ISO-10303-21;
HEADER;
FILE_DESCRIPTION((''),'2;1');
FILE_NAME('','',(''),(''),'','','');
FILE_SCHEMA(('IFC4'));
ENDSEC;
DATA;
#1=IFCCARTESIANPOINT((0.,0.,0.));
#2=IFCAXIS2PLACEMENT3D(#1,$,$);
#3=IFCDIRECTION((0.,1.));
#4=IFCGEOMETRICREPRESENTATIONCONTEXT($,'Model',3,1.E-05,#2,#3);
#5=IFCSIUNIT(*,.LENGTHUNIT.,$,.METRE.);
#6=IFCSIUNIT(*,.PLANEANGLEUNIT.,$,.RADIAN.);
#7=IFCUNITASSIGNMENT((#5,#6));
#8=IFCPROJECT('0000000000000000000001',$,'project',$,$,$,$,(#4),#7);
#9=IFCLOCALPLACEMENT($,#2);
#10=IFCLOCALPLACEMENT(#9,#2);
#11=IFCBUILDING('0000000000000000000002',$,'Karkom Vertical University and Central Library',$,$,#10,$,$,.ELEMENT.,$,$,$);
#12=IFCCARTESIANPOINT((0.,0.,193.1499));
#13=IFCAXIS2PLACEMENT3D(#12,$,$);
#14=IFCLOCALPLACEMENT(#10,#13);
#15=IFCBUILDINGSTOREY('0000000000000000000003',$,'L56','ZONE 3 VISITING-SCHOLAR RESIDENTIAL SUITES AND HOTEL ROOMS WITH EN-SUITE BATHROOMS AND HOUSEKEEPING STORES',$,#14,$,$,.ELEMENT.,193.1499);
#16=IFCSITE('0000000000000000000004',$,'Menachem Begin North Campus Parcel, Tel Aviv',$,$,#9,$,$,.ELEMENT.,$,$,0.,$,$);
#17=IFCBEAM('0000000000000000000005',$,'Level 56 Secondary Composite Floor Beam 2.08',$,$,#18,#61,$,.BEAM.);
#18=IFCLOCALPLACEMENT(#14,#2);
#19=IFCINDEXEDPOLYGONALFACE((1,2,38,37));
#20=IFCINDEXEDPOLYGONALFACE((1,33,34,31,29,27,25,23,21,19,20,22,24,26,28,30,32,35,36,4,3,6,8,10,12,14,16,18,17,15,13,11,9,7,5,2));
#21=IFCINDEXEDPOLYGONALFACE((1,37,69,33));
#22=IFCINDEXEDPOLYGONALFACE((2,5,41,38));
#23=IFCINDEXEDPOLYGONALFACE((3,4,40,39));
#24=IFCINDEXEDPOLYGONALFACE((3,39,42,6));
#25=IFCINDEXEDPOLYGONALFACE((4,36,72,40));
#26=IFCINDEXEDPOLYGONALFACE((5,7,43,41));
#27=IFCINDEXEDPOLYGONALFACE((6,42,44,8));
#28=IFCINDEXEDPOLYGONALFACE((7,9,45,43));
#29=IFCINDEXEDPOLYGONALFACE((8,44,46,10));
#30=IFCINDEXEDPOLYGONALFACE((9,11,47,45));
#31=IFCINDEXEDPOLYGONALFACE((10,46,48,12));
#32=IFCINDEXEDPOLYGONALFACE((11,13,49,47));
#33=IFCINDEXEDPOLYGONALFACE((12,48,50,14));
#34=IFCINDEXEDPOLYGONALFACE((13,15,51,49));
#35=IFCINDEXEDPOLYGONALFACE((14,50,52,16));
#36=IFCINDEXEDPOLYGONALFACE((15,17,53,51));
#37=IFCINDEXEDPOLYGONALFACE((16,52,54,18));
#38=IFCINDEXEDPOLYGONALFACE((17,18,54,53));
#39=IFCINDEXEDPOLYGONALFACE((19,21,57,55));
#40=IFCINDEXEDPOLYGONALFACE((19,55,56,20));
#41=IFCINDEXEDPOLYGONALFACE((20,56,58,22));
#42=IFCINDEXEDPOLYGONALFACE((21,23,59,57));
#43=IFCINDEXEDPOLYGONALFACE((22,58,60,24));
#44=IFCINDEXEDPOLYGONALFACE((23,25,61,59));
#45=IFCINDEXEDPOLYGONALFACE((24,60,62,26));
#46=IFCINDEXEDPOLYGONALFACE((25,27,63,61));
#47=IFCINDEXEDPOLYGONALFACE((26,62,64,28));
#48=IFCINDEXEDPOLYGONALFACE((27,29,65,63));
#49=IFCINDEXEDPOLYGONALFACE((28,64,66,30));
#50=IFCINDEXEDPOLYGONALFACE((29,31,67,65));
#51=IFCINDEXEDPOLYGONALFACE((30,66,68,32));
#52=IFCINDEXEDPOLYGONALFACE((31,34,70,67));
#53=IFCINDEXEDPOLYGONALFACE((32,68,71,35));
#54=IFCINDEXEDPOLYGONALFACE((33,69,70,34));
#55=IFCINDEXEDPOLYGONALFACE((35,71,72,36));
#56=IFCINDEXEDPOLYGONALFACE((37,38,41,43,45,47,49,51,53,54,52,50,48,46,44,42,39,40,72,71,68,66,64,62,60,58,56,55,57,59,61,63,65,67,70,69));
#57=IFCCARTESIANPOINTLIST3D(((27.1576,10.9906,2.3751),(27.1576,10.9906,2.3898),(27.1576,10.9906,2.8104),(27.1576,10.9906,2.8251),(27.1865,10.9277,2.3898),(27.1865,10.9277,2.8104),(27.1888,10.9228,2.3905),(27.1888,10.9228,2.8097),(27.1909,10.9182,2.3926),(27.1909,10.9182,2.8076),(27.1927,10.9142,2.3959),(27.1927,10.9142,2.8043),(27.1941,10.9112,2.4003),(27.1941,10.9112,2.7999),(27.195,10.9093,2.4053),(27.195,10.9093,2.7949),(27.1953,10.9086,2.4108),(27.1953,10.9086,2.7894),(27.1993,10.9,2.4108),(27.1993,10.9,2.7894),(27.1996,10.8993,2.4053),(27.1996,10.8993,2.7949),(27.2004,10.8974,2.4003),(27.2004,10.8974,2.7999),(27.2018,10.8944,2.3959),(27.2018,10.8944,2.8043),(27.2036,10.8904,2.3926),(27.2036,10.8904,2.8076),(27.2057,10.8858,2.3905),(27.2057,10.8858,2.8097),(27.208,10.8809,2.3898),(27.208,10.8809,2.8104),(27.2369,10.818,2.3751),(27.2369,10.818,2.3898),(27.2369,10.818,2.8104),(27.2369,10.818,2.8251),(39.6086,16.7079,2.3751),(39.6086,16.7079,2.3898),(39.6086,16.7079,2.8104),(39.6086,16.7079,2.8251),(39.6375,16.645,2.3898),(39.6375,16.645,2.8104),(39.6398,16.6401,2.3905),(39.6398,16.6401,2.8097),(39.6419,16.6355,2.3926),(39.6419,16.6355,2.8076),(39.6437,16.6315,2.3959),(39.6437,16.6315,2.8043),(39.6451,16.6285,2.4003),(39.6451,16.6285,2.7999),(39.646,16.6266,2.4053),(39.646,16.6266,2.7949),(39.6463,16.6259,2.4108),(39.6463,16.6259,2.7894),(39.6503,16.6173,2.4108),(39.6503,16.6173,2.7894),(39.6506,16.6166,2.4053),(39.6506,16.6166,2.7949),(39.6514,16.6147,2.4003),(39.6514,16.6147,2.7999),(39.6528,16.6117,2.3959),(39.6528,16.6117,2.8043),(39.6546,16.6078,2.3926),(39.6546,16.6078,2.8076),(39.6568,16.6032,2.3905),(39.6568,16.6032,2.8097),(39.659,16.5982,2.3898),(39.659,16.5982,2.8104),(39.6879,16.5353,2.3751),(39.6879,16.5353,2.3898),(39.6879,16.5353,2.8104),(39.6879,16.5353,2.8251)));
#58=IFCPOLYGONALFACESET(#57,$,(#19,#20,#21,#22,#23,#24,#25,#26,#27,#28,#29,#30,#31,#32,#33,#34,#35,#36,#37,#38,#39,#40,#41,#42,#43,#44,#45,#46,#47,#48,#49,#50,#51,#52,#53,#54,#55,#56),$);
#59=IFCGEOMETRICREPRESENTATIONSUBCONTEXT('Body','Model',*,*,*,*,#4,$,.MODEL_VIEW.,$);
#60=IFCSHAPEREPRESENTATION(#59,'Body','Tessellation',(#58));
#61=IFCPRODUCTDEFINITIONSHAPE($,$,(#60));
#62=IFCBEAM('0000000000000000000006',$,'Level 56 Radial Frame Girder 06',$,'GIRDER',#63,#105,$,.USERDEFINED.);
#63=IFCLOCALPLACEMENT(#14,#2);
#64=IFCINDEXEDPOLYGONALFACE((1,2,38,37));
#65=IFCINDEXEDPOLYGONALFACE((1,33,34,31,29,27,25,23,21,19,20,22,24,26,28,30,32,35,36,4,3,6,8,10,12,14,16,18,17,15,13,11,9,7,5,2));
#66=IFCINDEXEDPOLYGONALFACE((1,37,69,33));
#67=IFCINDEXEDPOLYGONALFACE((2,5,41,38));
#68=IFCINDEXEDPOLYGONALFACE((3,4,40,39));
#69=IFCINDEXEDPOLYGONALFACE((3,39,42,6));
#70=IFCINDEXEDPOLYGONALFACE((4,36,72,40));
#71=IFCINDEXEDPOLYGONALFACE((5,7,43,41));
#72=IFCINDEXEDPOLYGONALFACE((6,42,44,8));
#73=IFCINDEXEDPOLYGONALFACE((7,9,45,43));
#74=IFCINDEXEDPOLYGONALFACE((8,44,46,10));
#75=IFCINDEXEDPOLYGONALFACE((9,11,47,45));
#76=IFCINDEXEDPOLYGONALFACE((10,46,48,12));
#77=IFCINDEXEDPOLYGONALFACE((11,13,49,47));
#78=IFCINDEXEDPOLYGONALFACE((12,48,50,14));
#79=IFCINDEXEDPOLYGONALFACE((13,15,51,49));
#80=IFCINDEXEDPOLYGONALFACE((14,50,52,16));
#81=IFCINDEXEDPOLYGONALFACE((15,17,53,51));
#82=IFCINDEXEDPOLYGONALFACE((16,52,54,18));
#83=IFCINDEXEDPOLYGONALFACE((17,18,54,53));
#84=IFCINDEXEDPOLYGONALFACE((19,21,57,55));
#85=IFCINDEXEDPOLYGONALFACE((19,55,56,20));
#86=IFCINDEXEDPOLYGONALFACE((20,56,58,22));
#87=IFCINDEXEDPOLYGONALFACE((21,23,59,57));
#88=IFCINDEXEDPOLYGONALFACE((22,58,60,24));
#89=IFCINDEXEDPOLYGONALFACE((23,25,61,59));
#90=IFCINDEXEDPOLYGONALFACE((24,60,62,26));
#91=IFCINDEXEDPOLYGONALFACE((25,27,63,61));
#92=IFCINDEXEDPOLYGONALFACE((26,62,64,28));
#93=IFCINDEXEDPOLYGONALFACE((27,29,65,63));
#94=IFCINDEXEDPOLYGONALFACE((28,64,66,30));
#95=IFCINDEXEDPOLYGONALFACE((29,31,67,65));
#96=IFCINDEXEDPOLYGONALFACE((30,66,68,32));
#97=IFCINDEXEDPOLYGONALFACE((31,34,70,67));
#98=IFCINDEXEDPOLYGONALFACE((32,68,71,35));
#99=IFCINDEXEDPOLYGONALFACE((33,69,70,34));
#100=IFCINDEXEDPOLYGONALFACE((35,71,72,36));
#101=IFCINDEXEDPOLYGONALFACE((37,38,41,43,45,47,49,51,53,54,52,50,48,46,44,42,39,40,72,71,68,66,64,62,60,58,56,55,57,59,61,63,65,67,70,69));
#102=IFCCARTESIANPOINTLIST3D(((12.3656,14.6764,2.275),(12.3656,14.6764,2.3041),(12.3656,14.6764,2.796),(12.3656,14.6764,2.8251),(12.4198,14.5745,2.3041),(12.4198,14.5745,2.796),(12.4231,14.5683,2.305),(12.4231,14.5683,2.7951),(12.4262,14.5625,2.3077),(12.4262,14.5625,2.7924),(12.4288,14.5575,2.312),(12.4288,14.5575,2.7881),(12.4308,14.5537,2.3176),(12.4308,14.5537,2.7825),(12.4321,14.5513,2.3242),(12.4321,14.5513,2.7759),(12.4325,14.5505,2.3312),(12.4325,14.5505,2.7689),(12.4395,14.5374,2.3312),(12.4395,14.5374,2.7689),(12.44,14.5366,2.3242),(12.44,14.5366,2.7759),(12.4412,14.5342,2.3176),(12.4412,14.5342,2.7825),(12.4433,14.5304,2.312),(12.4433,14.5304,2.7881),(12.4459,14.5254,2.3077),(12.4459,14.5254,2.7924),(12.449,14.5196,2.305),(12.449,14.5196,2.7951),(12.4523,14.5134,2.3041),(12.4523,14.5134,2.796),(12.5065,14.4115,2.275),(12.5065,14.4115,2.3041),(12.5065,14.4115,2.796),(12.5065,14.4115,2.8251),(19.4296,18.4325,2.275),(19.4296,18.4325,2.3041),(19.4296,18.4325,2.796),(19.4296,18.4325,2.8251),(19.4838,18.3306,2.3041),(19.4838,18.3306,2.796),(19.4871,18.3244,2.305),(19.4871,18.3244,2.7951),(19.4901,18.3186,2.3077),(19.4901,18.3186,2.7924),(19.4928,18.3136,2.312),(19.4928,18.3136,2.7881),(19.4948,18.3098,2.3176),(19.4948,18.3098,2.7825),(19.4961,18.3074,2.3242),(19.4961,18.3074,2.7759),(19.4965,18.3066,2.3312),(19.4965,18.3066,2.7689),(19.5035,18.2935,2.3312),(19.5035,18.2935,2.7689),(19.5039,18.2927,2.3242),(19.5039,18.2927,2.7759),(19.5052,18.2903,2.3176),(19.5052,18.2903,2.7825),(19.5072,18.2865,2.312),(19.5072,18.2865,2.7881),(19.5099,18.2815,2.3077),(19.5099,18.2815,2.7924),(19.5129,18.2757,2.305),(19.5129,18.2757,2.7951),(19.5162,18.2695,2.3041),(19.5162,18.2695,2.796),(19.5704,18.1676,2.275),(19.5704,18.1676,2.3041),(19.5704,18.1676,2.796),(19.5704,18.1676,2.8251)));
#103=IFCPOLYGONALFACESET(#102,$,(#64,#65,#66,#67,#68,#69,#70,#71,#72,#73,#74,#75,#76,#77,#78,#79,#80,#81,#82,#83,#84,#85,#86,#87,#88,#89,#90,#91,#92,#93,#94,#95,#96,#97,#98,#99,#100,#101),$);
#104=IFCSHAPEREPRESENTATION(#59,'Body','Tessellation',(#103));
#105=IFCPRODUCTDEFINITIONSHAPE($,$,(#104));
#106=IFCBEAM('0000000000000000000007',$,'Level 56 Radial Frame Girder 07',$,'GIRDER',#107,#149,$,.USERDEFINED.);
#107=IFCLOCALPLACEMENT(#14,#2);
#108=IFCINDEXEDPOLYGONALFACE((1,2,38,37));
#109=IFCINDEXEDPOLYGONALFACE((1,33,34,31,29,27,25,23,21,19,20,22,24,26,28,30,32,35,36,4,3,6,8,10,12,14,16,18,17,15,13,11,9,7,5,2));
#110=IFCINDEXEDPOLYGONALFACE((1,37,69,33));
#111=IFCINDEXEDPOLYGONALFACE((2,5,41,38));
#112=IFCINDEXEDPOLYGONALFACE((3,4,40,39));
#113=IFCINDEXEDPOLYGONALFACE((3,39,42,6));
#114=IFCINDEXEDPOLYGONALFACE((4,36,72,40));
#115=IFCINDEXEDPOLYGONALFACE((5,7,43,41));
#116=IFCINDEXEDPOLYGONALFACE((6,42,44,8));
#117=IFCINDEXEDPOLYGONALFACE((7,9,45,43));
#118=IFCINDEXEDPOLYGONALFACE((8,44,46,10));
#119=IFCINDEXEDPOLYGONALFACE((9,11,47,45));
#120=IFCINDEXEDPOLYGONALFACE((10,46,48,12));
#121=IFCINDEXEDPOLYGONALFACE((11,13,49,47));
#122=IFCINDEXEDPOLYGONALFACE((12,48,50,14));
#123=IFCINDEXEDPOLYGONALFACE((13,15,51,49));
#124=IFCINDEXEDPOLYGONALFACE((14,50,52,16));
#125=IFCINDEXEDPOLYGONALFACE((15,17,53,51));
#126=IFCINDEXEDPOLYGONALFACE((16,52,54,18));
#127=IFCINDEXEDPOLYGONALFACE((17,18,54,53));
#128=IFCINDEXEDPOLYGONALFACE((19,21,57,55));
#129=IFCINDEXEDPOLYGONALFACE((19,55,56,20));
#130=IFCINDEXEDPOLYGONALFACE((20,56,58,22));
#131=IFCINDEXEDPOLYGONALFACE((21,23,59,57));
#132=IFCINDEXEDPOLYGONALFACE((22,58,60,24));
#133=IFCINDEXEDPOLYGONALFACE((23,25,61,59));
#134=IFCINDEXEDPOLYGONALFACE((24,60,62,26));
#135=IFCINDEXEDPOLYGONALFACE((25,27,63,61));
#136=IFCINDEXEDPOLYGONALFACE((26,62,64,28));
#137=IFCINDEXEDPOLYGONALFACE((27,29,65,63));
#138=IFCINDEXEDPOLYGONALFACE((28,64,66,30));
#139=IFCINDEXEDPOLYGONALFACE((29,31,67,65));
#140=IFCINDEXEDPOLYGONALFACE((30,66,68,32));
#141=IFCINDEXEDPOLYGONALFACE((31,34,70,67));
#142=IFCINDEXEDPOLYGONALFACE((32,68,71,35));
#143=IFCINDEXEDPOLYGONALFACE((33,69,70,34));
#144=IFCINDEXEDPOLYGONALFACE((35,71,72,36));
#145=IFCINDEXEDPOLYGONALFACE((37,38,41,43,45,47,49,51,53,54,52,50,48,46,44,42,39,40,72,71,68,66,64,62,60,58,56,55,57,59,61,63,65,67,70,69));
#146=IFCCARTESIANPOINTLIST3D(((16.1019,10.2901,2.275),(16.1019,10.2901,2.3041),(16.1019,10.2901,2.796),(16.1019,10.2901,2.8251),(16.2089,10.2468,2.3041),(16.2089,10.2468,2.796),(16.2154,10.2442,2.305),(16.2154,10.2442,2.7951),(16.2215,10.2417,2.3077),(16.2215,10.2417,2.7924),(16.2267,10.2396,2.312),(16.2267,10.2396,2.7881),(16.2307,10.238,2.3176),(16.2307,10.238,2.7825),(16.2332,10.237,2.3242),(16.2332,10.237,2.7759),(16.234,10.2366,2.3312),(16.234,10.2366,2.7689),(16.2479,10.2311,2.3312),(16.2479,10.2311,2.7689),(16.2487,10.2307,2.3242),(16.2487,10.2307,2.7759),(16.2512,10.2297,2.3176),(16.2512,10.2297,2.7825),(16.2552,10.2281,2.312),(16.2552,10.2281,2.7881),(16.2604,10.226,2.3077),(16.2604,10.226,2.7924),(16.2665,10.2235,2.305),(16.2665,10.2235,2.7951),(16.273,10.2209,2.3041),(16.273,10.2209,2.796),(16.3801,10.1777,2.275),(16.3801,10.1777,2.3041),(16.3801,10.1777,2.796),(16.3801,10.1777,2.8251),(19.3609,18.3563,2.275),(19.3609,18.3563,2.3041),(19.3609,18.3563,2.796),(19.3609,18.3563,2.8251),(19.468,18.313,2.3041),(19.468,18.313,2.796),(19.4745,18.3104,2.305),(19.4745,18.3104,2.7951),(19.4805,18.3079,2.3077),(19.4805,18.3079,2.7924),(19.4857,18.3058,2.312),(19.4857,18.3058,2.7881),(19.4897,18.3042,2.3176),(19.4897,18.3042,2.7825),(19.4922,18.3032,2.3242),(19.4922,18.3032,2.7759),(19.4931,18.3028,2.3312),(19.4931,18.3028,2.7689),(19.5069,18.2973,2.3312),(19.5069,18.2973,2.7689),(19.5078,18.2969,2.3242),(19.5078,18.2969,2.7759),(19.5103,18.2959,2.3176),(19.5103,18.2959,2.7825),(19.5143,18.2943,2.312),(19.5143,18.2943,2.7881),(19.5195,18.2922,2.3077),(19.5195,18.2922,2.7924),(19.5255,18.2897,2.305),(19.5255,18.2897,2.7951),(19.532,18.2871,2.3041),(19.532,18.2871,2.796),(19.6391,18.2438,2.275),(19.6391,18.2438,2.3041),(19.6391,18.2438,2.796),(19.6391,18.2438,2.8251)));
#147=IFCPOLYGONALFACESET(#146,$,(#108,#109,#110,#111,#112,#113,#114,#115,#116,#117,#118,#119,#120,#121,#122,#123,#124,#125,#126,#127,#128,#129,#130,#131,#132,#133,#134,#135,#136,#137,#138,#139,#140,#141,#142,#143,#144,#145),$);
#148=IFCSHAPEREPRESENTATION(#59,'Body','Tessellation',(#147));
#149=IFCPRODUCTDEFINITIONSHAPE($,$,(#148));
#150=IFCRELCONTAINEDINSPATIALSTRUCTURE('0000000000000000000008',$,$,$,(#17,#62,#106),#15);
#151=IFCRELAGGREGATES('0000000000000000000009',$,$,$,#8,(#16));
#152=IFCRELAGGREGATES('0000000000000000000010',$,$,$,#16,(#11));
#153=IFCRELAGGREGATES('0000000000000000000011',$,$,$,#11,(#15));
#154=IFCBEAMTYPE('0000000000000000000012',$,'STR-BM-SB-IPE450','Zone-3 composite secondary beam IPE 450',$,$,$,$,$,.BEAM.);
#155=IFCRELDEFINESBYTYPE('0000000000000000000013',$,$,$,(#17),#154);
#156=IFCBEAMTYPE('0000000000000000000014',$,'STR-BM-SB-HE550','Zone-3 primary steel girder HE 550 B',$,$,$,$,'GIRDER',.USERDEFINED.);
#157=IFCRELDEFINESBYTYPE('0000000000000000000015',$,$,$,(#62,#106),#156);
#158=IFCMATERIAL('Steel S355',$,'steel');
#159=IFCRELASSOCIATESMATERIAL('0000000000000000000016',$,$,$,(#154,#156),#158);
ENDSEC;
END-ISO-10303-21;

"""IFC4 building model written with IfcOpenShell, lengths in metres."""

from ifc_helpers import new_model, si_unit, direction, frame, origin, origin_with_axes, origin_2d, place, context, subcontext, project, spatial, i_section, extrude, source, transform, mapped, material, material_profile, profile_set, type_object, element, save


model = new_model("IFC4")

# Units and contexts
model_context = context("Model", 3, precision=1e-05, world=origin(), true_north=direction((0.0, 1.0)))
body_context = subcontext(model_context, "Body", "Model", "MODEL_VIEW")
ifc_project = project(units=[si_unit("LENGTHUNIT", "METRE"), si_unit("PLANEANGLEUNIT", "RADIAN")], contexts=[model_context])

# Site, building, storey
site_placement = place(None, origin())
site = spatial("IfcSite", under=ifc_project, at=site_placement, Name="Menachem Begin North Campus Parcel, Tel Aviv", CompositionType="ELEMENT", RefElevation=0.0)
building_placement = place(site_placement, origin())
building = spatial("IfcBuilding", under=site, at=building_placement, Name="Karkom Vertical University and Central Library", CompositionType="ELEMENT")
storey_placement = place(building_placement, frame((0.0, 0.0, 193.1499)))
storey = spatial("IfcBuildingStorey", under=building, at=storey_placement, Name="L56", Description="ZONE 3 VISITING-SCHOLAR RESIDENTIAL SUITES AND HOTEL ROOMS WITH EN-SUITE BATHROOMS AND HOUSEKEEPING STORES", CompositionType="ELEMENT", Elevation=193.1499)

# Beams
ifc_material_1 = material(Name="Steel S355", Category="steel")
ifc_material_profile_1 = material_profile(ifc_material_1, i_section(OverallWidth=0.1899, OverallDepth=0.45, WebThickness=0.0095, FlangeThickness=0.0146, FilletRadius=0.021, at=origin_2d()), Name="IPE 450")
ifc_profile_set_1 = profile_set([ifc_material_profile_1], Name="Steel S355")
beam_type_1 = type_object("IfcBeamType", Name="STR-BM-SB-IPE450", Description="Zone-3 composite secondary beam IPE 450", PredefinedType="BEAM", material=ifc_profile_set_1)
shared_shape_1 = source(origin_with_axes(), body_context, "Body", "SweptSolid", [
    extrude(i_section(OverallWidth=0.1899, OverallDepth=0.45, WebThickness=0.0095, FlangeThickness=0.0146, FilletRadius=0.021, at=origin_2d()), origin(), (0.0, 0.0, 1.0), 13.7009),
])
beam_1_placement = place(storey_placement, frame((27.1973, 10.9043, 2.6001), z_axis=(0.908771, 0.417295, 0.0), x_axis=(-0.417295, 0.908771, 0.0)))
element("IfcBeam", 1, at=beam_1_placement, inside=storey, type_object=beam_type_1, Name="Level 56 Secondary Composite Floor Beam 2.08", PredefinedType="BEAM", context=body_context, shape_type="MappedRepresentation", body=[
    mapped(shared_shape_1, transform((0.0, 0.0, 0.0), scale=1.0)),
])
ifc_material_profile_2 = material_profile(ifc_material_1, i_section(OverallWidth=0.3, OverallDepth=0.55, WebThickness=0.0149, FlangeThickness=0.0291, FilletRadius=0.0271, at=origin_2d()), Name="HE 550 B")
ifc_profile_set_2 = profile_set([ifc_material_profile_2], Name="Steel S355")
beam_type_2 = type_object("IfcBeamType", Name="STR-BM-SB-HE550", Description="Zone-3 primary steel girder HE 550 B", ElementType="GIRDER", PredefinedType="USERDEFINED", material=ifc_profile_set_2)
shared_shape_2 = source(origin_with_axes(), body_context, "Body", "SweptSolid", [
    extrude(i_section(OverallWidth=0.3, OverallDepth=0.55, WebThickness=0.0149, FlangeThickness=0.0291, FilletRadius=0.0271, at=origin_2d()), origin(), (0.0, 0.0, 1.0), 8.0005),
])
beam_2_placement = place(storey_placement, frame((19.5, 18.3, 2.55), z_axis=(-0.882941, -0.469484, 0.0), x_axis=(0.469484, -0.882941, 0.0)))
element("IfcBeam", 2, at=beam_2_placement, inside=storey, type_object=beam_type_2, Name="Level 56 Radial Frame Girder 06", ObjectType="GIRDER", PredefinedType="USERDEFINED", context=body_context, shape_type="MappedRepresentation", body=[
    mapped(shared_shape_2, transform((0.0, 0.0, 0.0), scale=1.0)),
])
shared_shape_3 = source(origin_with_axes(), body_context, "Body", "SweptSolid", [
    extrude(i_section(OverallWidth=0.3, OverallDepth=0.55, WebThickness=0.0149, FlangeThickness=0.0291, FilletRadius=0.0271, at=origin_2d()), origin(), (0.0, 0.0, 1.0), 8.6997),
])
beam_3_placement = place(storey_placement, frame((19.5, 18.3, 2.55), z_axis=(-0.374616, -0.92718, 0.0), x_axis=(0.92718, -0.374616, 0.0)))
element("IfcBeam", 3, at=beam_3_placement, inside=storey, type_object=beam_type_2, Name="Level 56 Radial Frame Girder 07", ObjectType="GIRDER", PredefinedType="USERDEFINED", context=body_context, shape_type="MappedRepresentation", body=[
    mapped(shared_shape_3, transform((0.0, 0.0, 0.0), scale=1.0)),
])

save(model, "model.ifc")
